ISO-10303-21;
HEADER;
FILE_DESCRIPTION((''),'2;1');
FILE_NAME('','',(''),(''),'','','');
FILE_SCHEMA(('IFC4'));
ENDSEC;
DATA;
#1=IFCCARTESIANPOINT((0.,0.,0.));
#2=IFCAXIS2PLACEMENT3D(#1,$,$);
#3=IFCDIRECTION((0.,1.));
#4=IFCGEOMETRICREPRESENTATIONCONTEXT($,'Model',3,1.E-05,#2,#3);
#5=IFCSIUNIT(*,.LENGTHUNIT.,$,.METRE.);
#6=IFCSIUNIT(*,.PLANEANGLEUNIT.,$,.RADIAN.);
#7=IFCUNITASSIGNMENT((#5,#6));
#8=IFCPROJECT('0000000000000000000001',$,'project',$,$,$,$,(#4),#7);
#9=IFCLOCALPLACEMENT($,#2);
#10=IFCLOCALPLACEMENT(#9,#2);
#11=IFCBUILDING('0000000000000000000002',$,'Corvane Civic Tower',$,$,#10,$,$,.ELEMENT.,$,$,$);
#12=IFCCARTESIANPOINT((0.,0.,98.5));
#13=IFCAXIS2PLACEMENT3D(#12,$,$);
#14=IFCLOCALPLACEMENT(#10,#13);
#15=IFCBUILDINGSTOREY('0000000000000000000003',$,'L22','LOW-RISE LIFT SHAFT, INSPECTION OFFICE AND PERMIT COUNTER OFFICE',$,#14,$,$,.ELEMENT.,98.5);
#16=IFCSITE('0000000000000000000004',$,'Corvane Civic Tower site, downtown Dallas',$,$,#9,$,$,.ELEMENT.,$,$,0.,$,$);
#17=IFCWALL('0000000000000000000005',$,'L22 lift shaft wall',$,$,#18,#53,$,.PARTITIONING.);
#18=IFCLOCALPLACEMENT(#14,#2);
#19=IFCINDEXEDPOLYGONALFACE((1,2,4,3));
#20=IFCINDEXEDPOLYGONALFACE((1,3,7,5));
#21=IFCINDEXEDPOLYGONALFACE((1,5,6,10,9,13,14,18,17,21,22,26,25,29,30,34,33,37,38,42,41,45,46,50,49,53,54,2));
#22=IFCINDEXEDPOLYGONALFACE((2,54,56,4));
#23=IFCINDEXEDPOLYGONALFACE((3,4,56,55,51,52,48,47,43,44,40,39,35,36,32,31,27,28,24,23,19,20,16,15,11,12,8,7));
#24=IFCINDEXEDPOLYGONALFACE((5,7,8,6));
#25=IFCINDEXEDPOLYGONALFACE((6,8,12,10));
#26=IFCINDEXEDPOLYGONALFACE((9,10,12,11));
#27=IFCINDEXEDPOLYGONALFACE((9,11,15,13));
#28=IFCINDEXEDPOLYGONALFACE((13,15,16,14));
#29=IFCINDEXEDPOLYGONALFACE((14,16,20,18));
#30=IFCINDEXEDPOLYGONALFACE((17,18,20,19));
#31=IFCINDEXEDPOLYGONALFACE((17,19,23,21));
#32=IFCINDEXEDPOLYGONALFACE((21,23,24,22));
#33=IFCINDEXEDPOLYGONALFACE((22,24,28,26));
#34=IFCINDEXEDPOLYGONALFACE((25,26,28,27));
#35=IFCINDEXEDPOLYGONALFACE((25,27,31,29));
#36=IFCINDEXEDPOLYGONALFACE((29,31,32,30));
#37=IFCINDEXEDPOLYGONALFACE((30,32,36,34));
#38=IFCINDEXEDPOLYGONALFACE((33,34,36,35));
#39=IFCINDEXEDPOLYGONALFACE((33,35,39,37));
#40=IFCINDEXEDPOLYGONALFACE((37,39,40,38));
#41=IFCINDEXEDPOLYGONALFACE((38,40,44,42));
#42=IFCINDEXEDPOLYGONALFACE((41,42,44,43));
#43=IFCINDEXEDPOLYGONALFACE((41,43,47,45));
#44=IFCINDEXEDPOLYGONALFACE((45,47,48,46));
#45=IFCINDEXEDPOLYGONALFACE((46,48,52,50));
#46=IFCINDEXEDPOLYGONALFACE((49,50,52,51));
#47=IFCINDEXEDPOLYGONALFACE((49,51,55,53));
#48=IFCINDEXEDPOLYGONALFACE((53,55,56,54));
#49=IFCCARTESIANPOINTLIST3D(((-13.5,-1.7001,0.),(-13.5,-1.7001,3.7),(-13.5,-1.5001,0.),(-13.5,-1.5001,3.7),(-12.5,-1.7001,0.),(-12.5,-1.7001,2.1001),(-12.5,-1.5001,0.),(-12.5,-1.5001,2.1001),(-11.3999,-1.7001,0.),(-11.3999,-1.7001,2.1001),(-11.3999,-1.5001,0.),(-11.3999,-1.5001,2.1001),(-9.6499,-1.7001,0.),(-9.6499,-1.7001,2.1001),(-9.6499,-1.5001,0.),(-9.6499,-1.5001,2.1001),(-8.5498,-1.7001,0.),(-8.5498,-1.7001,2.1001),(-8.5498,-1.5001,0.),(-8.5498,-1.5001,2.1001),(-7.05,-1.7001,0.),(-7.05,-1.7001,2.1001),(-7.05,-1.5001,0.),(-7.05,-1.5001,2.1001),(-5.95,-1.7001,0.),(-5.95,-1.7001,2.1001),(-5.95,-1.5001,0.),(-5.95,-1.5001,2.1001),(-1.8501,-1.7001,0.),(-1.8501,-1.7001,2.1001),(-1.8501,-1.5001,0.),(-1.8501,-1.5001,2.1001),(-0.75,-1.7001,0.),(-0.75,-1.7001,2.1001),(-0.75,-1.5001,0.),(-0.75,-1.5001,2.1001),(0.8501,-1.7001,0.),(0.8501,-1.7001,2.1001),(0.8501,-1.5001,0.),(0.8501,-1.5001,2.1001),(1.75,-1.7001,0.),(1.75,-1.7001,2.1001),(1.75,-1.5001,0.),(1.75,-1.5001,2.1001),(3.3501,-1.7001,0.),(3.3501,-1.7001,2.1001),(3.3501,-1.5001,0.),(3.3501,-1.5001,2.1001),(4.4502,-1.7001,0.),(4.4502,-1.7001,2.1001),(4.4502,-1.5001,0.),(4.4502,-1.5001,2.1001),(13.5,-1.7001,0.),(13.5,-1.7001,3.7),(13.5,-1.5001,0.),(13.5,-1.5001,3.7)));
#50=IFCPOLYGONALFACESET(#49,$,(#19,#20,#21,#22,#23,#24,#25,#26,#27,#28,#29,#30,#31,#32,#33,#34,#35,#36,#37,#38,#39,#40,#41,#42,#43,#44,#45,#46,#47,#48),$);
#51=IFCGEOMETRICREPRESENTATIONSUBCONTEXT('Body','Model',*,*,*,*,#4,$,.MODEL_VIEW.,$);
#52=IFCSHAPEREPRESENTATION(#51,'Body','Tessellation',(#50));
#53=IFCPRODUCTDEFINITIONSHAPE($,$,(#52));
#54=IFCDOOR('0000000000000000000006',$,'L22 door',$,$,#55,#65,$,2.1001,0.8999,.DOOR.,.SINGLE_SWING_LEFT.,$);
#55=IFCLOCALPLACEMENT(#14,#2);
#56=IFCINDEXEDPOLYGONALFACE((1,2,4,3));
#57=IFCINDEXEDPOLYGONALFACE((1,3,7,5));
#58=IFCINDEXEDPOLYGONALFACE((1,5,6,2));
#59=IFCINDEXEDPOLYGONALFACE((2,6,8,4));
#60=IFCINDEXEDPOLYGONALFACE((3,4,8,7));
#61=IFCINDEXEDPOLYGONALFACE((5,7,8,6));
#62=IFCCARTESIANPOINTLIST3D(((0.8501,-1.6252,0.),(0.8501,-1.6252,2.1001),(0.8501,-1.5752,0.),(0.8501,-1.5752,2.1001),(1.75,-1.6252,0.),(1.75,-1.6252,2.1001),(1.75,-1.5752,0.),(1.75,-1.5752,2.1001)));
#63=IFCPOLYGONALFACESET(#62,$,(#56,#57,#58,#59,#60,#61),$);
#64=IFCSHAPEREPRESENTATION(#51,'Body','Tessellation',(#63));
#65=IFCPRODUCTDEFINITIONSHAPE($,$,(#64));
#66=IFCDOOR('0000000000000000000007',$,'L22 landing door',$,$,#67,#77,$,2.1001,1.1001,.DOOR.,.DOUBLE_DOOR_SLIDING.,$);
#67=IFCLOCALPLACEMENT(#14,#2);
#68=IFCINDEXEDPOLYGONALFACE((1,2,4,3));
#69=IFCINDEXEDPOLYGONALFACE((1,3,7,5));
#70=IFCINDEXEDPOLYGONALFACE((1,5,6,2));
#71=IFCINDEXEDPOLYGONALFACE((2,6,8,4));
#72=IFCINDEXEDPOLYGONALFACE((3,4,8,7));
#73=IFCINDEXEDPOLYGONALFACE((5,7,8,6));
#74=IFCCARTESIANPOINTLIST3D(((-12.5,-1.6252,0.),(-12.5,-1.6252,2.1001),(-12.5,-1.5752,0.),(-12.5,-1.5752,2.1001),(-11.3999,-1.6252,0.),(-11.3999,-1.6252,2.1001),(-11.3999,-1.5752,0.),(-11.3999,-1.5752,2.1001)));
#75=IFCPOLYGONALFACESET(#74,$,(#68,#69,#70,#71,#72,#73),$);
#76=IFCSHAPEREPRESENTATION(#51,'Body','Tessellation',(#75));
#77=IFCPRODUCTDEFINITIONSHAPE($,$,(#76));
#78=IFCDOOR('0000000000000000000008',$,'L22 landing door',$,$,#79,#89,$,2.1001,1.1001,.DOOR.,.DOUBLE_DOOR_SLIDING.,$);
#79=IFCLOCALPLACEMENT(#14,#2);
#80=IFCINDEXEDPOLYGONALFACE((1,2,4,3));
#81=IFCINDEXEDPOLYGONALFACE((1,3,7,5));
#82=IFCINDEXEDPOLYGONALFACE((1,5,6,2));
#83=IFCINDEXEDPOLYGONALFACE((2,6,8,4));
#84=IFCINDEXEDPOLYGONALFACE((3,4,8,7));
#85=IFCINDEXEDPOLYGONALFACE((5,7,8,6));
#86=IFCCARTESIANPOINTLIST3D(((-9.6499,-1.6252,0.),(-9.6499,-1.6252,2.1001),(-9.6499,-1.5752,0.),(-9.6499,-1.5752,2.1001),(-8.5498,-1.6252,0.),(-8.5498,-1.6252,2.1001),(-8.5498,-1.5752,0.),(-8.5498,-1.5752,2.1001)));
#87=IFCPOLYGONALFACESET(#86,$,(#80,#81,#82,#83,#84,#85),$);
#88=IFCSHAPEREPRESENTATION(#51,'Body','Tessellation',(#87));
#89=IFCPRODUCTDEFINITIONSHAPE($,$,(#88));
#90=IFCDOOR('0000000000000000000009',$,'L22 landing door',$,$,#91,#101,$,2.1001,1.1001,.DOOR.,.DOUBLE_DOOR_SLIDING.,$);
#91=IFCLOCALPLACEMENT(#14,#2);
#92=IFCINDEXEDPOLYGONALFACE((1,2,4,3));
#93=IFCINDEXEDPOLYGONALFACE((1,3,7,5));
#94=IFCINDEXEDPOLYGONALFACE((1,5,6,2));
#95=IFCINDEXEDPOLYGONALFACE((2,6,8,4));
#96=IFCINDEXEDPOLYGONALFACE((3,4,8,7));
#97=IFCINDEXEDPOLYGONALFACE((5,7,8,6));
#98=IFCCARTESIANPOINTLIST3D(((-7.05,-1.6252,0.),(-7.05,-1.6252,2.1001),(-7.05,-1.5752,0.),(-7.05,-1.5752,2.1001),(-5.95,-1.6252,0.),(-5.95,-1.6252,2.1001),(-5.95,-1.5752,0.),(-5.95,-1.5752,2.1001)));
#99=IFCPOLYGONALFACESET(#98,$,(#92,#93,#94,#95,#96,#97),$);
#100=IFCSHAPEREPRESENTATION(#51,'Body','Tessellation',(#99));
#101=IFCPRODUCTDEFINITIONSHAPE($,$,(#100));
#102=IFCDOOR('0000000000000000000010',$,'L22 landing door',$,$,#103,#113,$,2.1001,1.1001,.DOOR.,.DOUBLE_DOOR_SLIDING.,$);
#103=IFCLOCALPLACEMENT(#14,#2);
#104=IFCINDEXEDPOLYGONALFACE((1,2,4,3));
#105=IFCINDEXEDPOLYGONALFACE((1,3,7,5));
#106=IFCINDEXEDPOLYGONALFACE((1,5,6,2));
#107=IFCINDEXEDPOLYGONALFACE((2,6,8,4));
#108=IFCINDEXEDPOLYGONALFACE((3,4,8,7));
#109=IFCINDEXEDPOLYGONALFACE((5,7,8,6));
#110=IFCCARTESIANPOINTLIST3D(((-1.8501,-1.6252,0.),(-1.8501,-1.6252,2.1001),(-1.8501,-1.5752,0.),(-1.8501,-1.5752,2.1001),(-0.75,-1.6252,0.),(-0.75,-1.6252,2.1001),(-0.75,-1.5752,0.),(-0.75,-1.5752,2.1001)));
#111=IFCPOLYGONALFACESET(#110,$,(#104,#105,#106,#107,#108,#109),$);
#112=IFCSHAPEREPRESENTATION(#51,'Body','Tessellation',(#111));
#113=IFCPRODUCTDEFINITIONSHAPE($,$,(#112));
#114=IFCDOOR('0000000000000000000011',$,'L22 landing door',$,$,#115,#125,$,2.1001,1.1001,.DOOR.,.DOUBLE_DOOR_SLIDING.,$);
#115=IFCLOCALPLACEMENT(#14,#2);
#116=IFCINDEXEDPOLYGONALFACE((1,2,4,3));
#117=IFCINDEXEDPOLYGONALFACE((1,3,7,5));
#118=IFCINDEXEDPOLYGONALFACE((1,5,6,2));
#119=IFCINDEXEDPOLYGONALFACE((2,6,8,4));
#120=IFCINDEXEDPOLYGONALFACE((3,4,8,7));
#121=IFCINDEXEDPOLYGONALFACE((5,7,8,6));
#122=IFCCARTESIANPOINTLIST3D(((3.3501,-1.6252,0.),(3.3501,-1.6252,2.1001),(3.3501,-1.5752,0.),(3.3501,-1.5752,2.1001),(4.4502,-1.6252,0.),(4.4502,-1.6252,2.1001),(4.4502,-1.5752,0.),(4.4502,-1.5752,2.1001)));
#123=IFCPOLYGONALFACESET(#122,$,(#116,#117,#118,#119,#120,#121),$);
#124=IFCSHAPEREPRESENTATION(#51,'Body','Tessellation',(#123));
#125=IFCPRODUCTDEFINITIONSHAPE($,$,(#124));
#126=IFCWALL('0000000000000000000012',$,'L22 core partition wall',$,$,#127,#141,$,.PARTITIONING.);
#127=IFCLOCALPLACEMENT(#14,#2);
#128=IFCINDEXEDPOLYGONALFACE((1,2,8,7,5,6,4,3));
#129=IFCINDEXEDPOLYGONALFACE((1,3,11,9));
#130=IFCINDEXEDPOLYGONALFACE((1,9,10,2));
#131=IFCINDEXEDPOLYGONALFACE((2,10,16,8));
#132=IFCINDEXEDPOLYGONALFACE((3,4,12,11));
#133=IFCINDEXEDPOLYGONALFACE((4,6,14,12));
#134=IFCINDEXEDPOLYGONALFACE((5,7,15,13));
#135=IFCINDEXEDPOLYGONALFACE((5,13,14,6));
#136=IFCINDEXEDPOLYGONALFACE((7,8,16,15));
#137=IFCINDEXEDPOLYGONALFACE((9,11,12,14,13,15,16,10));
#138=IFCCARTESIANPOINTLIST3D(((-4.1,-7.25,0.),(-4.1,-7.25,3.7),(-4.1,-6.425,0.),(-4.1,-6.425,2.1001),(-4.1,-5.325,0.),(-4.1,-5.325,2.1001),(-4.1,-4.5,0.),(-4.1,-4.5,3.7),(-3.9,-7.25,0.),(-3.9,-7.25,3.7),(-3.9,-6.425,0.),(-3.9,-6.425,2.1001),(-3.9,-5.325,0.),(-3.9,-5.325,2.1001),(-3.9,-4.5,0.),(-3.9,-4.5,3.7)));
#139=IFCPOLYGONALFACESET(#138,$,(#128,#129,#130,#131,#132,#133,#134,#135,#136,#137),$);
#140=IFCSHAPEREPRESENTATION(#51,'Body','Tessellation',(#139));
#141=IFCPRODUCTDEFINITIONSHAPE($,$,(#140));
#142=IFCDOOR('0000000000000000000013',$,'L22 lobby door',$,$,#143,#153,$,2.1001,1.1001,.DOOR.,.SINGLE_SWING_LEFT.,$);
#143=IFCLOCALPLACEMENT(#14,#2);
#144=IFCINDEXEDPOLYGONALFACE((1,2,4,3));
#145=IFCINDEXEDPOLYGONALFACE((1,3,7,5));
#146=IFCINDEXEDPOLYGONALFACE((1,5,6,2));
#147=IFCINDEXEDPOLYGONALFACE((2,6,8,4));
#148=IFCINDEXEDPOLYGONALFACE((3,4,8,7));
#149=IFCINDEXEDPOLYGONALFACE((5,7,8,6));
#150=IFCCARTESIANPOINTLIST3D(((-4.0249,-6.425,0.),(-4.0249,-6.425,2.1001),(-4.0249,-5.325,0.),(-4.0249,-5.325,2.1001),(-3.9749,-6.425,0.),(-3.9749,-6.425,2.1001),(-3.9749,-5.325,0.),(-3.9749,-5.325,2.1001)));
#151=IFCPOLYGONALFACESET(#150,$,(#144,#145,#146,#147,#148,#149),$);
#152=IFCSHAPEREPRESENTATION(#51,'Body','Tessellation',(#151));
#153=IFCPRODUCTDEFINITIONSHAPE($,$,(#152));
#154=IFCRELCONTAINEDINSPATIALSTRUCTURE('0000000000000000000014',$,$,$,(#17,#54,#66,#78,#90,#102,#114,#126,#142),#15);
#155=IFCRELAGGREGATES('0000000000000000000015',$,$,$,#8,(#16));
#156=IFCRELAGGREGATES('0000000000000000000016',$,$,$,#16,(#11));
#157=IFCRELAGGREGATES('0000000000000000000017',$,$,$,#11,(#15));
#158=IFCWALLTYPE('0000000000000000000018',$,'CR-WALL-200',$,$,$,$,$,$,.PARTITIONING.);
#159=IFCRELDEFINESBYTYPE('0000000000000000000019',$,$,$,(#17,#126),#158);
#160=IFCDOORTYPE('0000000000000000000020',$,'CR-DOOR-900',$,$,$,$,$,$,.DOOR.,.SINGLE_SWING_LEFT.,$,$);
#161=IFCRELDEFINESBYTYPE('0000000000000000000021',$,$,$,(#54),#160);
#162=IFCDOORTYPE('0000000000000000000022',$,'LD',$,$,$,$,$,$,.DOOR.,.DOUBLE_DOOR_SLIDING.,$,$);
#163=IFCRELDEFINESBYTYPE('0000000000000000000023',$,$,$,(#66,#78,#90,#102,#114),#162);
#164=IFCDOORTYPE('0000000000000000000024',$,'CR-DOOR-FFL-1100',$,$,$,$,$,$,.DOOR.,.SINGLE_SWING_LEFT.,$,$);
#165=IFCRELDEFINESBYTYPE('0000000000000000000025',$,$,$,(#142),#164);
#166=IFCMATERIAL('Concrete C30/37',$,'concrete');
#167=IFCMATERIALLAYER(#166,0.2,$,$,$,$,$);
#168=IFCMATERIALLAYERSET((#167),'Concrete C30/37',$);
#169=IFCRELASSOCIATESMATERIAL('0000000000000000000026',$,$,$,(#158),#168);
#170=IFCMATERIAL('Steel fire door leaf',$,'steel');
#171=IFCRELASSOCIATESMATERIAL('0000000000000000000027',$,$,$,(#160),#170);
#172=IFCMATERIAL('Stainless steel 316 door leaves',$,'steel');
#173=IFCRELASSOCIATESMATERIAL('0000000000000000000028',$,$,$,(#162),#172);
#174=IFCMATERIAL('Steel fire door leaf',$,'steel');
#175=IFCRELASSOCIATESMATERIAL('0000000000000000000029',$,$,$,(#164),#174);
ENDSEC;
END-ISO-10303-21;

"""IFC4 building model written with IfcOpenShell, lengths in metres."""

from ifc_helpers import new_model, si_unit, direction, frame, frame_2d, origin, place, context, subcontext, project, spatial, rectangle, extrude, material, layer, layer_set, type_object, element, fill, save


model = new_model("IFC4")

# Units and contexts
model_context = context("Model", 3, precision=1e-05, world=origin(), true_north=direction((0.0, 1.0)))
body_context = subcontext(model_context, "Body", "Model", "MODEL_VIEW")
ifc_project = project(units=[si_unit("LENGTHUNIT", "METRE"), si_unit("PLANEANGLEUNIT", "RADIAN")], contexts=[model_context])

# Site, building, storey
site_placement = place(None, origin())
site = spatial("IfcSite", under=ifc_project, at=site_placement, Name="Corvane Civic Tower site, downtown Dallas", CompositionType="ELEMENT", RefElevation=0.0)
building_placement = place(site_placement, origin())
building = spatial("IfcBuilding", under=site, at=building_placement, Name="Corvane Civic Tower", CompositionType="ELEMENT")
storey_placement = place(building_placement, frame((0.0, 0.0, 98.5)))
storey = spatial("IfcBuildingStorey", under=building, at=storey_placement, Name="L22", Description="LOW-RISE LIFT SHAFT, INSPECTION OFFICE AND PERMIT COUNTER OFFICE", CompositionType="ELEMENT", Elevation=98.5)

# Shared definitions
ifc_material_1 = material(Name="Concrete C30/37", Category="concrete")
ifc_layer_1 = layer(ifc_material_1, 0.2)
ifc_layer_set_1 = layer_set([ifc_layer_1], Name="Concrete C30/37")
wall_type_1 = type_object("IfcWallType", Name="CR-WALL-200", PredefinedType="PARTITIONING", material=ifc_layer_set_1)
ifc_material_2 = material(Name="Steel fire door leaf", Category="steel")
door_type_1 = type_object("IfcDoorType", Name="CR-DOOR-900", OperationType="SINGLE_SWING_LEFT", PredefinedType="DOOR", material=ifc_material_2)

# Wall, openings, doors
wall_1_placement = place(storey_placement, frame((-13.5, -1.6001, 0.0), z_axis=(0.0, 0.0, 1.0), x_axis=(1.0, 0.0, 0.0)))
wall_1 = element("IfcWall", 1, at=wall_1_placement, inside=storey, type_object=wall_type_1, Name="L22 lift shaft wall", PredefinedType="PARTITIONING", context=body_context, shape_type="SweptSolid", body=[
    extrude(rectangle(XDim=27.0, YDim=0.2, at=frame_2d((13.5, 0.0))), origin(), (0.0, 0.0, 1.0), 3.7),
])
opening_1_placement = place(wall_1_placement, frame((1.0, 0.0, 0.0)))
opening_1 = element("IfcOpeningElement", 2, at=opening_1_placement, cuts=wall_1, PredefinedType="OPENING", context=body_context, shape_type="SweptSolid", body=[
    extrude(rectangle(XDim=1.1001, YDim=2.1001, at=frame_2d((0.55, 1.05))), frame((0.0, 0.1099, 0.0), z_axis=(0.0, -1.0, 0.0), x_axis=(1.0, 0.0, 0.0)), (0.0, 0.0, 1.0), 0.22),
])
opening_2_placement = place(wall_1_placement, frame((3.8501, 0.0, 0.0)))
opening_2 = element("IfcOpeningElement", 3, at=opening_2_placement, cuts=wall_1, PredefinedType="OPENING", context=body_context, shape_type="SweptSolid", body=[
    extrude(rectangle(XDim=1.1001, YDim=2.1001, at=frame_2d((0.55, 1.05))), frame((0.0, 0.1099, 0.0), z_axis=(0.0, -1.0, 0.0), x_axis=(1.0, 0.0, 0.0)), (0.0, 0.0, 1.0), 0.22),
])
opening_3_placement = place(wall_1_placement, frame((6.45, 0.0, 0.0)))
opening_3 = element("IfcOpeningElement", 4, at=opening_3_placement, cuts=wall_1, PredefinedType="OPENING", context=body_context, shape_type="SweptSolid", body=[
    extrude(rectangle(XDim=1.1001, YDim=2.1001, at=frame_2d((0.55, 1.05))), frame((0.0, 0.1099, 0.0), z_axis=(0.0, -1.0, 0.0), x_axis=(1.0, 0.0, 0.0)), (0.0, 0.0, 1.0), 0.22),
])
opening_4_placement = place(wall_1_placement, frame((11.6499, 0.0, 0.0)))
opening_4 = element("IfcOpeningElement", 5, at=opening_4_placement, cuts=wall_1, PredefinedType="OPENING", context=body_context, shape_type="SweptSolid", body=[
    extrude(rectangle(XDim=1.1001, YDim=2.1001, at=frame_2d((0.55, 1.05))), frame((0.0, 0.1099, 0.0), z_axis=(0.0, -1.0, 0.0), x_axis=(1.0, 0.0, 0.0)), (0.0, 0.0, 1.0), 0.22),
])
opening_5_placement = place(wall_1_placement, frame((14.3501, 0.0, 0.0)))
opening_5 = element("IfcOpeningElement", 6, at=opening_5_placement, cuts=wall_1, PredefinedType="OPENING", context=body_context, shape_type="SweptSolid", body=[
    extrude(rectangle(XDim=0.8999, YDim=2.1001, at=frame_2d((0.45, 1.05))), frame((0.0, 0.1099, 0.0), z_axis=(0.0, -1.0, 0.0), x_axis=(1.0, 0.0, 0.0)), (0.0, 0.0, 1.0), 0.22),
])
opening_6_placement = place(wall_1_placement, frame((16.8501, 0.0, 0.0)))
opening_6 = element("IfcOpeningElement", 7, at=opening_6_placement, cuts=wall_1, PredefinedType="OPENING", context=body_context, shape_type="SweptSolid", body=[
    extrude(rectangle(XDim=1.1001, YDim=2.1001, at=frame_2d((0.55, 1.05))), frame((0.0, 0.1099, 0.0), z_axis=(0.0, -1.0, 0.0), x_axis=(1.0, 0.0, 0.0)), (0.0, 0.0, 1.0), 0.22),
])
door_1_placement = place(opening_5_placement, origin())
door_1 = element("IfcDoor", 8, at=door_1_placement, inside=storey, type_object=door_type_1, Name="L22 door", OperationType="SINGLE_SWING_LEFT", OverallHeight=2.1001, OverallWidth=0.8999, PredefinedType="DOOR", context=body_context, shape_type="SweptSolid", body=[
    extrude(rectangle(XDim=0.8999, YDim=2.1001, at=frame_2d((0.45, 1.05))), frame((0.0, 0.0249, 0.0), z_axis=(0.0, -1.0, 0.0), x_axis=(1.0, 0.0, 0.0)), (0.0, 0.0, 1.0), 0.05),
])
fill(opening_5, door_1)
ifc_material_3 = material(Name="Stainless steel 316 door leaves", Category="steel")
door_type_2 = type_object("IfcDoorType", Name="LD", OperationType="DOUBLE_DOOR_SLIDING", PredefinedType="DOOR", material=ifc_material_3)
door_2_placement = place(opening_1_placement, origin())
door_2 = element("IfcDoor", 9, at=door_2_placement, inside=storey, type_object=door_type_2, Name="L22 landing door", OperationType="DOUBLE_DOOR_SLIDING", OverallHeight=2.1001, OverallWidth=1.1001, PredefinedType="DOOR", context=body_context, shape_type="SweptSolid", body=[
    extrude(rectangle(XDim=1.1001, YDim=2.1001, at=frame_2d((0.55, 1.05))), frame((0.0, 0.0249, 0.0), z_axis=(0.0, -1.0, 0.0), x_axis=(1.0, 0.0, 0.0)), (0.0, 0.0, 1.0), 0.05),
])
fill(opening_1, door_2)
door_3_placement = place(opening_2_placement, origin())
door_3 = element("IfcDoor", 10, at=door_3_placement, inside=storey, type_object=door_type_2, Name="L22 landing door", OperationType="DOUBLE_DOOR_SLIDING", OverallHeight=2.1001, OverallWidth=1.1001, PredefinedType="DOOR", context=body_context, shape_type="SweptSolid", body=[
    extrude(rectangle(XDim=1.1001, YDim=2.1001, at=frame_2d((0.55, 1.05))), frame((0.0, 0.0249, 0.0), z_axis=(0.0, -1.0, 0.0), x_axis=(1.0, 0.0, 0.0)), (0.0, 0.0, 1.0), 0.05),
])
fill(opening_2, door_3)
door_4_placement = place(opening_3_placement, origin())
door_4 = element("IfcDoor", 11, at=door_4_placement, inside=storey, type_object=door_type_2, Name="L22 landing door", OperationType="DOUBLE_DOOR_SLIDING", OverallHeight=2.1001, OverallWidth=1.1001, PredefinedType="DOOR", context=body_context, shape_type="SweptSolid", body=[
    extrude(rectangle(XDim=1.1001, YDim=2.1001, at=frame_2d((0.55, 1.05))), frame((0.0, 0.0249, 0.0), z_axis=(0.0, -1.0, 0.0), x_axis=(1.0, 0.0, 0.0)), (0.0, 0.0, 1.0), 0.05),
])
fill(opening_3, door_4)
door_5_placement = place(opening_4_placement, origin())
door_5 = element("IfcDoor", 12, at=door_5_placement, inside=storey, type_object=door_type_2, Name="L22 landing door", OperationType="DOUBLE_DOOR_SLIDING", OverallHeight=2.1001, OverallWidth=1.1001, PredefinedType="DOOR", context=body_context, shape_type="SweptSolid", body=[
    extrude(rectangle(XDim=1.1001, YDim=2.1001, at=frame_2d((0.55, 1.05))), frame((0.0, 0.0249, 0.0), z_axis=(0.0, -1.0, 0.0), x_axis=(1.0, 0.0, 0.0)), (0.0, 0.0, 1.0), 0.05),
])
fill(opening_4, door_5)
door_6_placement = place(opening_6_placement, origin())
door_6 = element("IfcDoor", 13, at=door_6_placement, inside=storey, type_object=door_type_2, Name="L22 landing door", OperationType="DOUBLE_DOOR_SLIDING", OverallHeight=2.1001, OverallWidth=1.1001, PredefinedType="DOOR", context=body_context, shape_type="SweptSolid", body=[
    extrude(rectangle(XDim=1.1001, YDim=2.1001, at=frame_2d((0.55, 1.05))), frame((0.0, 0.0249, 0.0), z_axis=(0.0, -1.0, 0.0), x_axis=(1.0, 0.0, 0.0)), (0.0, 0.0, 1.0), 0.05),
])
fill(opening_6, door_6)

# Wall, opening, door
wall_2_placement = place(storey_placement, frame((-4.0, -7.25, 0.0), z_axis=(0.0, 0.0, 1.0), x_axis=(0.0, 1.0, 0.0)))
wall_2 = element("IfcWall", 14, at=wall_2_placement, inside=storey, type_object=wall_type_1, Name="L22 core partition wall", PredefinedType="PARTITIONING", context=body_context, shape_type="SweptSolid", body=[
    extrude(rectangle(XDim=2.75, YDim=0.2, at=frame_2d((1.375, 0.0))), origin(), (0.0, 0.0, 1.0), 3.7),
])
opening_7_placement = place(wall_2_placement, frame((0.825, 0.0, 0.0)))
opening_7 = element("IfcOpeningElement", 15, at=opening_7_placement, cuts=wall_2, PredefinedType="OPENING", context=body_context, shape_type="SweptSolid", body=[
    extrude(rectangle(XDim=1.1001, YDim=2.1001, at=frame_2d((0.55, 1.05))), frame((0.0, 0.1099, 0.0), z_axis=(0.0, -1.0, 0.0), x_axis=(1.0, 0.0, 0.0)), (0.0, 0.0, 1.0), 0.22),
])
ifc_material_4 = material(Name="Steel fire door leaf", Category="steel")
door_type_3 = type_object("IfcDoorType", Name="CR-DOOR-FFL-1100", OperationType="SINGLE_SWING_LEFT", PredefinedType="DOOR", material=ifc_material_4)
door_7_placement = place(opening_7_placement, origin())
door_7 = element("IfcDoor", 16, at=door_7_placement, inside=storey, type_object=door_type_3, Name="L22 lobby door", OperationType="SINGLE_SWING_LEFT", OverallHeight=2.1001, OverallWidth=1.1001, PredefinedType="DOOR", context=body_context, shape_type="SweptSolid", body=[
    extrude(rectangle(XDim=1.1001, YDim=2.1001, at=frame_2d((0.55, 1.05))), frame((0.0, 0.0249, 0.0), z_axis=(0.0, -1.0, 0.0), x_axis=(1.0, 0.0, 0.0)), (0.0, 0.0, 1.0), 0.05),
])
fill(opening_7, door_7)

save(model, "model.ifc")
